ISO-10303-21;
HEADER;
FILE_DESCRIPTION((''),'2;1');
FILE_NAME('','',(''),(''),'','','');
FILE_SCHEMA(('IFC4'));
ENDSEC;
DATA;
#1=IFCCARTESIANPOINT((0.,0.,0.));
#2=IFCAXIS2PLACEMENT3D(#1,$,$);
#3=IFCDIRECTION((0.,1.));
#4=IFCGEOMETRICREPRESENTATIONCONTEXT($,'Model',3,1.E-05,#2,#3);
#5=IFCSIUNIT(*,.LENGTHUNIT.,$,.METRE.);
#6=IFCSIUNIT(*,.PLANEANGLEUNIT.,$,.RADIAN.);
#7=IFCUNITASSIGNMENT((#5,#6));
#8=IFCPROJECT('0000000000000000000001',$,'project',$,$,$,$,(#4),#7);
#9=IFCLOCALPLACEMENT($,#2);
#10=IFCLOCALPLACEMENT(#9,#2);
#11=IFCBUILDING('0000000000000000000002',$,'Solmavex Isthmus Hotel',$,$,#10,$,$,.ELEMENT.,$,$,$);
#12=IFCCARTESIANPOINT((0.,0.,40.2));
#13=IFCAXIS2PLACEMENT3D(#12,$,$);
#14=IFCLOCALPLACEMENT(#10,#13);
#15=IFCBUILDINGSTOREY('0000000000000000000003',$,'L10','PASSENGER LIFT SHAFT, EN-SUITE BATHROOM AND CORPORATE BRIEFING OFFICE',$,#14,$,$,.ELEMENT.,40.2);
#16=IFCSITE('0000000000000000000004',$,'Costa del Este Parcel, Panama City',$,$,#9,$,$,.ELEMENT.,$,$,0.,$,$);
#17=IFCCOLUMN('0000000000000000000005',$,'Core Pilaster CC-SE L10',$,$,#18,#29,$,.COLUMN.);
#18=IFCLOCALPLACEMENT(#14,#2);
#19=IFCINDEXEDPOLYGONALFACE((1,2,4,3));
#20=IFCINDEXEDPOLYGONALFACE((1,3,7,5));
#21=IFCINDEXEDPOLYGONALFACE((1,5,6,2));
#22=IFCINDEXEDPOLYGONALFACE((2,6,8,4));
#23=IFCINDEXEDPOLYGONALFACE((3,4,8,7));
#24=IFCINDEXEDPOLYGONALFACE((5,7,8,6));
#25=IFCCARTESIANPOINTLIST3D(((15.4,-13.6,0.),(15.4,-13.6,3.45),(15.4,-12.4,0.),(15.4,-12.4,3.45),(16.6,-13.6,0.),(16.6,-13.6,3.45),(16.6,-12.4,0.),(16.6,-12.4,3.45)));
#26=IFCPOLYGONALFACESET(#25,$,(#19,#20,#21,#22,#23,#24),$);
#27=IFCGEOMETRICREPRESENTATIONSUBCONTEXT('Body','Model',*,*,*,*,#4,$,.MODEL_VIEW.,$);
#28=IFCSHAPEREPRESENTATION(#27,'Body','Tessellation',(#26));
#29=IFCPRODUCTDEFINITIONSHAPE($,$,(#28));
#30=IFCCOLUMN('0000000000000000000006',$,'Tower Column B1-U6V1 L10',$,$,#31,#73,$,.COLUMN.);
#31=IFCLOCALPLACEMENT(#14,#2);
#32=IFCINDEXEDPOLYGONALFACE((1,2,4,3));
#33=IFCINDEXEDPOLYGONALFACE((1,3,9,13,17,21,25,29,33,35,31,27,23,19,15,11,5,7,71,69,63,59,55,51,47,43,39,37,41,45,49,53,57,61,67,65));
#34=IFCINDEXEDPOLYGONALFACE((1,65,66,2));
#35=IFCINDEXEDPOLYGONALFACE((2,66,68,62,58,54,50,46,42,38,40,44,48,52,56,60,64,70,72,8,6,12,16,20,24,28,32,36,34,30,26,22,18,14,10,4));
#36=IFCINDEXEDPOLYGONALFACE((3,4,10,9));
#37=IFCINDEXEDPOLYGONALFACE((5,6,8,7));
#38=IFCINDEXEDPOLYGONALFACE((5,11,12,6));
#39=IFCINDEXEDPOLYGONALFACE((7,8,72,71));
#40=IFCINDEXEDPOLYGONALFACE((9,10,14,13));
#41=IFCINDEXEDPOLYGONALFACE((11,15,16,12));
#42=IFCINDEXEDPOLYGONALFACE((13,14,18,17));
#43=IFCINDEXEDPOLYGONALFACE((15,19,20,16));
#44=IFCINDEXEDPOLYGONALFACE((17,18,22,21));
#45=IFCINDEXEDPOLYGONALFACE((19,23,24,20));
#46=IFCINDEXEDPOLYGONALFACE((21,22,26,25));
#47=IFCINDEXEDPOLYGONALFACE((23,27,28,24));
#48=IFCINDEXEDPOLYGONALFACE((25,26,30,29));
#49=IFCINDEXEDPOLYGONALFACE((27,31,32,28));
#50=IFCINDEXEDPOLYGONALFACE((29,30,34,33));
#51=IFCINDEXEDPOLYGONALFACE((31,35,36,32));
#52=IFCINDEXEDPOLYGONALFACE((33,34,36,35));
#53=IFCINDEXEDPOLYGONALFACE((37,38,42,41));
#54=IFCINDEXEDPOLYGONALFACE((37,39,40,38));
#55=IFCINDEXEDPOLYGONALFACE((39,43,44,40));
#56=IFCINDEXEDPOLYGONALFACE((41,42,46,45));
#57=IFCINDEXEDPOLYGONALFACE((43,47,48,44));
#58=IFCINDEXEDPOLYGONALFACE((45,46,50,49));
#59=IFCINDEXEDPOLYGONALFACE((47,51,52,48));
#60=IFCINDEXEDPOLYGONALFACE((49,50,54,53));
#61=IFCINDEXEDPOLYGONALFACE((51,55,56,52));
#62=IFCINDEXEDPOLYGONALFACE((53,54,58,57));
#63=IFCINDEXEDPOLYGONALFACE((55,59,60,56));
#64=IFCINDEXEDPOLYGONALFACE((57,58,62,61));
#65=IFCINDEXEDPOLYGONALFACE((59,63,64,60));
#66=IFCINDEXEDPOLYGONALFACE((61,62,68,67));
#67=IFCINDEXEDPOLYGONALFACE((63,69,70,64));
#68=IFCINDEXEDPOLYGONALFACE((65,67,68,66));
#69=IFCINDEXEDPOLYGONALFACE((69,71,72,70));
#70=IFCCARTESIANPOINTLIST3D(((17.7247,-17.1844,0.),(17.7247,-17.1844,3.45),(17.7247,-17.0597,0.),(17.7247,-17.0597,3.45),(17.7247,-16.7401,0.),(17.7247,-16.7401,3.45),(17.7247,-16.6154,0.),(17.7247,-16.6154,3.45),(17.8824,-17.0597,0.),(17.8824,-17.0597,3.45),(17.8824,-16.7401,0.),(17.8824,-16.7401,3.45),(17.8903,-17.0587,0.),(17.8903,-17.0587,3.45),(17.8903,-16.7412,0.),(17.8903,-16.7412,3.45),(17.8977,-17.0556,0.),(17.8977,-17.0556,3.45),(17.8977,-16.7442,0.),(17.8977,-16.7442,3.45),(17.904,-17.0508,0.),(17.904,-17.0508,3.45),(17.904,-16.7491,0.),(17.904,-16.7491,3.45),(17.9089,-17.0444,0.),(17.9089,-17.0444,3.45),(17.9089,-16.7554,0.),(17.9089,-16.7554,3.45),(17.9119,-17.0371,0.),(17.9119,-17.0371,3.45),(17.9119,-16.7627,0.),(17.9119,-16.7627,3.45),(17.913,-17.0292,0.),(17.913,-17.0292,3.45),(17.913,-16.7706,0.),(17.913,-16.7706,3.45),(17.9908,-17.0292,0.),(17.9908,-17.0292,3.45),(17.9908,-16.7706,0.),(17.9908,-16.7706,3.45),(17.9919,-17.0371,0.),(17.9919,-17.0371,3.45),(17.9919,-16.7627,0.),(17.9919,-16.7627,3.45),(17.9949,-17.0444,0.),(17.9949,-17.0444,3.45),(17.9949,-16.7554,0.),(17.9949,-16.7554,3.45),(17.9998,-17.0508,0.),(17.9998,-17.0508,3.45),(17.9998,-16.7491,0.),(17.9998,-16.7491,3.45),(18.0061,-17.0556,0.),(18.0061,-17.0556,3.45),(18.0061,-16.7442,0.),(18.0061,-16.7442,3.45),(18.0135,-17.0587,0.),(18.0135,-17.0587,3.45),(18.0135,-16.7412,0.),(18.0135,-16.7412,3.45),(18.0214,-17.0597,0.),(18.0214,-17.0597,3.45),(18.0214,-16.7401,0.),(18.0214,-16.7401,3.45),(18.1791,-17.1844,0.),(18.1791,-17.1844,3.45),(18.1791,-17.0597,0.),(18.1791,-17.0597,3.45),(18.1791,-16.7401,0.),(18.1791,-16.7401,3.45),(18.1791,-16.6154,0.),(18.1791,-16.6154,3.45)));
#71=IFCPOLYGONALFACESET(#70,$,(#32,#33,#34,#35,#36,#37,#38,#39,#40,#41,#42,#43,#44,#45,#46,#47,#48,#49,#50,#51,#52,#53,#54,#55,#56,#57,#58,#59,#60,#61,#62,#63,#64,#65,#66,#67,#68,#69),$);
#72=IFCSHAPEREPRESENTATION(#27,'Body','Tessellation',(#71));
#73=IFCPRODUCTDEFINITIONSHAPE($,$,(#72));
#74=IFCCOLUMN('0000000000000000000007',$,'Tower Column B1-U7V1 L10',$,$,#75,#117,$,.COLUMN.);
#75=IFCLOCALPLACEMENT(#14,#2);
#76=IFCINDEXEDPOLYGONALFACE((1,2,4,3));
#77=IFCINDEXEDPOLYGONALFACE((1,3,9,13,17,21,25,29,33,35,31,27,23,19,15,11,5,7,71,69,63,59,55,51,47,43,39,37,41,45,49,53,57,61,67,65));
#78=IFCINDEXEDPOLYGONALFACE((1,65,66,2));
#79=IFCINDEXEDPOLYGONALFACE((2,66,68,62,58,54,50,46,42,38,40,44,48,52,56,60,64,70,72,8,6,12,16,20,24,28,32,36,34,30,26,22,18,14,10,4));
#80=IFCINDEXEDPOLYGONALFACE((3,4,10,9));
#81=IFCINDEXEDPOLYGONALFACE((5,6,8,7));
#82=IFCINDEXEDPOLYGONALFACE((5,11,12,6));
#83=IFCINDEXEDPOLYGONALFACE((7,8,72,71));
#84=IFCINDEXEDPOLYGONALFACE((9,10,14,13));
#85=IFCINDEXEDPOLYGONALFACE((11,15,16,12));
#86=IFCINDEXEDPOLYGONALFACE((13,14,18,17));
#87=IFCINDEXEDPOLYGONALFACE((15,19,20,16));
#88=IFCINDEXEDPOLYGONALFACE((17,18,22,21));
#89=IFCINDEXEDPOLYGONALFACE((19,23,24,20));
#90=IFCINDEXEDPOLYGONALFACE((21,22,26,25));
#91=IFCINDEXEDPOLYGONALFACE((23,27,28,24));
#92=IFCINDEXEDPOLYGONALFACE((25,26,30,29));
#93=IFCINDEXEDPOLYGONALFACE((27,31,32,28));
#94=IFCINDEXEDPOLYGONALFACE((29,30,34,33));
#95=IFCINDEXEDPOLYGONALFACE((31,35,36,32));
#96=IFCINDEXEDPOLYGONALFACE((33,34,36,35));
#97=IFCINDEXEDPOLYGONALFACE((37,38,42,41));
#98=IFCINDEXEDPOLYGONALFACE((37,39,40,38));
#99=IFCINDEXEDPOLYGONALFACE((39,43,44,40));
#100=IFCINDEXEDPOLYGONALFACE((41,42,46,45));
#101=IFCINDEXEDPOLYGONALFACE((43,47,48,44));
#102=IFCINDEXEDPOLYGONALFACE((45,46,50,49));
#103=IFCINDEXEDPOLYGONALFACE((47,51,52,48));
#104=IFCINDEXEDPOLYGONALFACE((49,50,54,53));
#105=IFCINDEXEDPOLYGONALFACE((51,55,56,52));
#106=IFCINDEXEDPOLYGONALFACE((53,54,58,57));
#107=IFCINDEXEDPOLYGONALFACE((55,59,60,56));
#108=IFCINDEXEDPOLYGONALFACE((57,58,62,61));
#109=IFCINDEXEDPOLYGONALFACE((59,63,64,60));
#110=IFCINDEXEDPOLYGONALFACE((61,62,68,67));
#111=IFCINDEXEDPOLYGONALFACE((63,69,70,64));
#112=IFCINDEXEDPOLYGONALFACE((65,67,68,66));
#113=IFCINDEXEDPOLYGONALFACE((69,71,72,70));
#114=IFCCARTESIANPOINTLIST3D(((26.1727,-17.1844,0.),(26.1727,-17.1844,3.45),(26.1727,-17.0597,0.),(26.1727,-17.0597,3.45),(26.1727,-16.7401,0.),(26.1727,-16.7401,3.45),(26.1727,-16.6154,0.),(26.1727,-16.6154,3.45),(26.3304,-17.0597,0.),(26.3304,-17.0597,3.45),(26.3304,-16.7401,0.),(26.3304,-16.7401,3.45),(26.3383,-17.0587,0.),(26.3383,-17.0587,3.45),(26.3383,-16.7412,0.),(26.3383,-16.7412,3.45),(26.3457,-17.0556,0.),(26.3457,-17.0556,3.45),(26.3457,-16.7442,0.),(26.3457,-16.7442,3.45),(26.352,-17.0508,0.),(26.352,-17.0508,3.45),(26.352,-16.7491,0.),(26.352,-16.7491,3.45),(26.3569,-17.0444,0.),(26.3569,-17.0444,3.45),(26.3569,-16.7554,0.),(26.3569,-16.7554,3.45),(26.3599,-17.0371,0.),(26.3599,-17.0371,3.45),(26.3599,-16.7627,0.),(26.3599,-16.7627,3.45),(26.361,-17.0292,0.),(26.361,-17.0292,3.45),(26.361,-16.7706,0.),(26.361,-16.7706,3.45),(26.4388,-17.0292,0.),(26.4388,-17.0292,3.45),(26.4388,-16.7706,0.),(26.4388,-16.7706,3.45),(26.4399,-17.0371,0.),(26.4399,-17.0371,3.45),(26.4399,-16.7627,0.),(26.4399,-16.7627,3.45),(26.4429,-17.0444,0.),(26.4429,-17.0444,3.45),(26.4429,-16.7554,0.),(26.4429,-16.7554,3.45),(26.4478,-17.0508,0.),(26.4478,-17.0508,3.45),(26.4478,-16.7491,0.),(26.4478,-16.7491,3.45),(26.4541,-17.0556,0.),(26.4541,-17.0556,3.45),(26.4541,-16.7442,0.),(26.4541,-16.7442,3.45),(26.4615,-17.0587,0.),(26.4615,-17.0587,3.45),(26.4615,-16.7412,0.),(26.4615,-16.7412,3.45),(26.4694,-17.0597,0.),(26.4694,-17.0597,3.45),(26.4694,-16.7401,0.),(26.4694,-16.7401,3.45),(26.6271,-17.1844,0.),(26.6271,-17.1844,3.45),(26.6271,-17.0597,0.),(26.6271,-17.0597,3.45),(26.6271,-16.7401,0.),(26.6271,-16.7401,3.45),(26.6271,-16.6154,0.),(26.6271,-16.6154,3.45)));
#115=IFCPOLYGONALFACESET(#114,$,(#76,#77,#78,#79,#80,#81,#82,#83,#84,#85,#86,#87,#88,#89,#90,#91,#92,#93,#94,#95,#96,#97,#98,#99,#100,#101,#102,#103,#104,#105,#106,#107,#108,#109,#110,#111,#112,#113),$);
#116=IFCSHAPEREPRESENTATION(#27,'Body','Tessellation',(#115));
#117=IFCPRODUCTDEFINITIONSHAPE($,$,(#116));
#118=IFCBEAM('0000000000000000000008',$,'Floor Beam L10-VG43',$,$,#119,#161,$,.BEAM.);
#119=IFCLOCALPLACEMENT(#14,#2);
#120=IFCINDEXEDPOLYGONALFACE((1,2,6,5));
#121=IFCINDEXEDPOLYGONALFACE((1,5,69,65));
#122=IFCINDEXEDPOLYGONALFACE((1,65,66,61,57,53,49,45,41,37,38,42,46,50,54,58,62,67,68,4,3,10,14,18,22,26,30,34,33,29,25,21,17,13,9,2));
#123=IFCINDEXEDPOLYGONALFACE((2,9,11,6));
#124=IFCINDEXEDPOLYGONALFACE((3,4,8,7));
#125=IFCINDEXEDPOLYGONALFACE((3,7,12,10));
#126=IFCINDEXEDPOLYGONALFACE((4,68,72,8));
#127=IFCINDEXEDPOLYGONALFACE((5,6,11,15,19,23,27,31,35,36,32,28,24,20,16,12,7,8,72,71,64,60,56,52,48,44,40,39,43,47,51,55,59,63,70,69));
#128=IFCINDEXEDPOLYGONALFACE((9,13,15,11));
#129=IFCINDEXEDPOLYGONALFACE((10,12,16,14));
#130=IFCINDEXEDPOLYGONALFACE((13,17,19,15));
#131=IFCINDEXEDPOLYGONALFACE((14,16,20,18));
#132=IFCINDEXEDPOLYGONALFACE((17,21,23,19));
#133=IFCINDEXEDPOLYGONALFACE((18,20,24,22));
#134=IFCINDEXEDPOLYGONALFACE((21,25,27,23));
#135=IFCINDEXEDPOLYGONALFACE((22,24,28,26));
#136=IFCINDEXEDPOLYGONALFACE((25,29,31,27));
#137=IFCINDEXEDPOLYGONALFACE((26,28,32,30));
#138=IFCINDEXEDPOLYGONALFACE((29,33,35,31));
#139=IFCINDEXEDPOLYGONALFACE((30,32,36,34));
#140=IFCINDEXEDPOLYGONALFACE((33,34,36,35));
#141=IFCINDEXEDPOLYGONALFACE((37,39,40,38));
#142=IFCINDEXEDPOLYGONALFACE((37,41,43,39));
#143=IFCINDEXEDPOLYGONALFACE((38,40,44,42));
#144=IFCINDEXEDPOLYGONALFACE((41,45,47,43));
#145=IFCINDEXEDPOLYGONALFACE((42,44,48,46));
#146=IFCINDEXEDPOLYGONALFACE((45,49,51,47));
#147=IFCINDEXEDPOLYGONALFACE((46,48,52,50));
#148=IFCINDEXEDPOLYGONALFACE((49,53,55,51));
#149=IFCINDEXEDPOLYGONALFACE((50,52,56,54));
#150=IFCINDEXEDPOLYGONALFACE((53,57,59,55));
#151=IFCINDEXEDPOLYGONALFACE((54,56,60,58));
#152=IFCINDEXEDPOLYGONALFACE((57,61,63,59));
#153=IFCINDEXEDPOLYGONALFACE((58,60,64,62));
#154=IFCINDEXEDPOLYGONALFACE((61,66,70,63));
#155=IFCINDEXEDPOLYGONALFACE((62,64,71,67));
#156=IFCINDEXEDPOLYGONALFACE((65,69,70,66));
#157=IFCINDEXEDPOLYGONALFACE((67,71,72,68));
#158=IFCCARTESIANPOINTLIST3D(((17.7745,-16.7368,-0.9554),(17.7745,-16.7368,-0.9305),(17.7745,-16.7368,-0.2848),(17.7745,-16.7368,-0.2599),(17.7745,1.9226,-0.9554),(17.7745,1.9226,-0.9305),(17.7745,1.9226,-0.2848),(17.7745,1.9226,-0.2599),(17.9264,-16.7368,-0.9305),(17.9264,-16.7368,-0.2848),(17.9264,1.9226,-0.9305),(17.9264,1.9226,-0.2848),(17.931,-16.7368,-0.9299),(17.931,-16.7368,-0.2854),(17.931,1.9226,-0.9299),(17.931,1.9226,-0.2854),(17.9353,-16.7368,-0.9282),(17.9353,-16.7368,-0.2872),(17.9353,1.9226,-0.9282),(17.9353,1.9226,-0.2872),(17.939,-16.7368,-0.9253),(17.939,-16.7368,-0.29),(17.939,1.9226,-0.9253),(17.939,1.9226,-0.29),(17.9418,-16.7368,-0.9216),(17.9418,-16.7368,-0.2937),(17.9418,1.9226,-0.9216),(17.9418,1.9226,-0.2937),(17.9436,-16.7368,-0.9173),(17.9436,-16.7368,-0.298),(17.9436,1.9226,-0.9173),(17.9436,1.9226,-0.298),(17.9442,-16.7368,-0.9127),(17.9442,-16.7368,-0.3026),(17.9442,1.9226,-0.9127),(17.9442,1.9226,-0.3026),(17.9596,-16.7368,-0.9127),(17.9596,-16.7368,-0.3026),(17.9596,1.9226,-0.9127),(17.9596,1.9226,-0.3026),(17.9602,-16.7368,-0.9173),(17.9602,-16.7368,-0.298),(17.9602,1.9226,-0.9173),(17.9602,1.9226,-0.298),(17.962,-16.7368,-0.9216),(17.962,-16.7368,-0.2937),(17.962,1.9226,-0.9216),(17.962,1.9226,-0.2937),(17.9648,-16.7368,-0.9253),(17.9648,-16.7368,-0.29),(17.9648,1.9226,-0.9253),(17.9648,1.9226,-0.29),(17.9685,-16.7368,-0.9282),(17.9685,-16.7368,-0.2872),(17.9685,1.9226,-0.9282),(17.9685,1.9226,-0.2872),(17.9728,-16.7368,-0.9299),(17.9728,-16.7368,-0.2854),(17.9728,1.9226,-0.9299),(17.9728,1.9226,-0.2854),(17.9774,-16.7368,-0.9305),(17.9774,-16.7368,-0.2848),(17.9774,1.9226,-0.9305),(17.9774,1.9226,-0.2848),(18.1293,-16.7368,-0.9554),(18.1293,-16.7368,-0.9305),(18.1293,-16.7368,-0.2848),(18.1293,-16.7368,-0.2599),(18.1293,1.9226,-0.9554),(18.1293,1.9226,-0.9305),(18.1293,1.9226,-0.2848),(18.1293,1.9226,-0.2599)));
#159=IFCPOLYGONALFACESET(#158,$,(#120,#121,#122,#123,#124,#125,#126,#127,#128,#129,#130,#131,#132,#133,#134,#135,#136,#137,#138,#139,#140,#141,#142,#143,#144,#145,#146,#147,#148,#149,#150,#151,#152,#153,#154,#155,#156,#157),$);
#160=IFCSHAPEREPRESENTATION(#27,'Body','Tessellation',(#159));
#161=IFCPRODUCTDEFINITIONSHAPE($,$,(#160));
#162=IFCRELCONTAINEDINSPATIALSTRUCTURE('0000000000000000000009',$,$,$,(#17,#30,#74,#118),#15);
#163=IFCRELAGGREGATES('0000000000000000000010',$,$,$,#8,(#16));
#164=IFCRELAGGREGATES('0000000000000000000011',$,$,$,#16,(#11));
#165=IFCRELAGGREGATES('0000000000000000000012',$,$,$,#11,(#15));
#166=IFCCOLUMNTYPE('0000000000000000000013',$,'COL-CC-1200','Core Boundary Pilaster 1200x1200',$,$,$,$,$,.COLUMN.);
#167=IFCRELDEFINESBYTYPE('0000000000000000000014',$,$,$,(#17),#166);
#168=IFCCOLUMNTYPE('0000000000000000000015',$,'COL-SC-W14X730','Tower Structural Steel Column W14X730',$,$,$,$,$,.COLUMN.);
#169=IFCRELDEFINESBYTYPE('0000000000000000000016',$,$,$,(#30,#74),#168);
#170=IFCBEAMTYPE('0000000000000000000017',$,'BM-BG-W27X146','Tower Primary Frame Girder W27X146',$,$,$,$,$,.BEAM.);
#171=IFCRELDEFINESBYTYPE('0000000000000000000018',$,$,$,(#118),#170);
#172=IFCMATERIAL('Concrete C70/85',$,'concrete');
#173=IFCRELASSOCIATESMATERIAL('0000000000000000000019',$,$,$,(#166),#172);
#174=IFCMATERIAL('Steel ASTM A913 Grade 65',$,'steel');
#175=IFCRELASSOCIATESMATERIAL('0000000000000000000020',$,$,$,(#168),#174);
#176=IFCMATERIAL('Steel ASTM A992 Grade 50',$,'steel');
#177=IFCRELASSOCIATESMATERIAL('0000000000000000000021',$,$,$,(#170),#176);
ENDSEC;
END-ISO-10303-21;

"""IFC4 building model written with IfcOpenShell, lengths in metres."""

from ifc_helpers import new_model, si_unit, direction, frame, origin, origin_2d, place, context, subcontext, project, spatial, rectangle, i_section, extrude, material, material_profile, profile_set, type_object, element, save


model = new_model("IFC4")

# Units and contexts
model_context = context("Model", 3, precision=1e-05, world=origin(), true_north=direction((0.0, 1.0)))
body_context = subcontext(model_context, "Body", "Model", "MODEL_VIEW")
ifc_project = project(units=[si_unit("LENGTHUNIT", "METRE"), si_unit("PLANEANGLEUNIT", "RADIAN")], contexts=[model_context])

# Site, building, storey
site_placement = place(None, origin())
site = spatial("IfcSite", under=ifc_project, at=site_placement, Name="Costa del Este Parcel, Panama City", CompositionType="ELEMENT", RefElevation=0.0)
building_placement = place(site_placement, origin())
building = spatial("IfcBuilding", under=site, at=building_placement, Name="Solmavex Isthmus Hotel", CompositionType="ELEMENT")
storey_placement = place(building_placement, frame((0.0, 0.0, 40.2)))
storey = spatial("IfcBuildingStorey", under=building, at=storey_placement, Name="L10", Description="PASSENGER LIFT SHAFT, EN-SUITE BATHROOM AND CORPORATE BRIEFING OFFICE", CompositionType="ELEMENT", Elevation=40.2)

# Columns
ifc_material_1 = material(Name="Concrete C70/85", Category="concrete")
ifc_material_profile_1 = material_profile(ifc_material_1, rectangle(XDim=1.2, YDim=1.2, at=origin_2d()), Name="RC1200X1200")
ifc_profile_set_1 = profile_set([ifc_material_profile_1], Name="Concrete C70/85")
column_type_1 = type_object("IfcColumnType", Name="COL-CC-1200", Description="Core Boundary Pilaster 1200x1200", PredefinedType="COLUMN", material=ifc_profile_set_1)
column_placement = place(storey_placement, frame((16.0, -13.0, 0.0), z_axis=(0.0, 0.0, 1.0), x_axis=(1.0, 0.0, 0.0)))
element("IfcColumn", 1, at=column_placement, inside=storey, type_object=column_type_1, Name="Core Pilaster CC-SE L10", PredefinedType="COLUMN", context=body_context, shape_type="SweptSolid", body=[
    extrude(rectangle(XDim=1.2, YDim=1.2, at=origin_2d()), origin(), (0.0, 0.0, 1.0), 3.45),
])
ifc_material_2 = material(Name="Steel ASTM A913 Grade 65", Category="steel")
ifc_material_profile_2 = material_profile(ifc_material_2, i_section(OverallWidth=0.4543, OverallDepth=0.5691, WebThickness=0.0779, FlangeThickness=0.1248, FilletRadius=0.0305, at=origin_2d()), Name="W14X730")
ifc_profile_set_2 = profile_set([ifc_material_profile_2], Name="Steel ASTM A913 Grade 65")
column_type_2 = type_object("IfcColumnType", Name="COL-SC-W14X730", Description="Tower Structural Steel Column W14X730", PredefinedType="COLUMN", material=ifc_profile_set_2)
for number, where, z_axis, x_axis, name in (
    (2, (17.9519, -16.8999, 0.0), (0.0, 0.0, 1.0), (1.0, 0.0, 0.0), "Tower Column B1-U6V1 L10"),
    (3, (26.3999, -16.8999, 0.0), (0.0, 0.0, 1.0), (1.0, 0.0, 0.0), "Tower Column B1-U7V1 L10"),
):
    element("IfcColumn", number, at=place(storey_placement, frame(where, z_axis=z_axis, x_axis=x_axis)), inside=storey, type_object=column_type_2, Name=name, PredefinedType="COLUMN", context=body_context, shape_type="SweptSolid", body=[
        extrude(i_section(OverallWidth=0.4543, OverallDepth=0.5691, WebThickness=0.0779, FlangeThickness=0.1248, FilletRadius=0.0305, at=origin_2d()), origin(), (0.0, 0.0, 1.0), 3.45),
    ])

# Beam
ifc_material_3 = material(Name="Steel ASTM A992 Grade 50", Category="steel")
ifc_material_profile_3 = material_profile(ifc_material_3, i_section(OverallWidth=0.3547, OverallDepth=0.6956, WebThickness=0.0154, FlangeThickness=0.0249, FilletRadius=0.0178, at=origin_2d()), Name="W27X146")
ifc_profile_set_3 = profile_set([ifc_material_profile_3], Name="Steel ASTM A992 Grade 50")
beam_type_1 = type_object("IfcBeamType", Name="BM-BG-W27X146", Description="Tower Primary Frame Girder W27X146", PredefinedType="BEAM", material=ifc_profile_set_3)
beam_1_placement = place(storey_placement, frame((17.9519, -16.7368, -0.6077), z_axis=(0.0, 1.0, 0.0), x_axis=(-1.0, 0.0, 0.0)))
element("IfcBeam", 4, at=beam_1_placement, inside=storey, type_object=beam_type_1, Name="Floor Beam L10-VG43", PredefinedType="BEAM", context=body_context, shape_type="SweptSolid", body=[
    extrude(i_section(OverallWidth=0.3547, OverallDepth=0.6956, WebThickness=0.0154, FlangeThickness=0.0249, FilletRadius=0.0178, at=origin_2d()), origin(), (0.0, 0.0, 1.0), 18.6594),
])

save(model, "model.ifc")
